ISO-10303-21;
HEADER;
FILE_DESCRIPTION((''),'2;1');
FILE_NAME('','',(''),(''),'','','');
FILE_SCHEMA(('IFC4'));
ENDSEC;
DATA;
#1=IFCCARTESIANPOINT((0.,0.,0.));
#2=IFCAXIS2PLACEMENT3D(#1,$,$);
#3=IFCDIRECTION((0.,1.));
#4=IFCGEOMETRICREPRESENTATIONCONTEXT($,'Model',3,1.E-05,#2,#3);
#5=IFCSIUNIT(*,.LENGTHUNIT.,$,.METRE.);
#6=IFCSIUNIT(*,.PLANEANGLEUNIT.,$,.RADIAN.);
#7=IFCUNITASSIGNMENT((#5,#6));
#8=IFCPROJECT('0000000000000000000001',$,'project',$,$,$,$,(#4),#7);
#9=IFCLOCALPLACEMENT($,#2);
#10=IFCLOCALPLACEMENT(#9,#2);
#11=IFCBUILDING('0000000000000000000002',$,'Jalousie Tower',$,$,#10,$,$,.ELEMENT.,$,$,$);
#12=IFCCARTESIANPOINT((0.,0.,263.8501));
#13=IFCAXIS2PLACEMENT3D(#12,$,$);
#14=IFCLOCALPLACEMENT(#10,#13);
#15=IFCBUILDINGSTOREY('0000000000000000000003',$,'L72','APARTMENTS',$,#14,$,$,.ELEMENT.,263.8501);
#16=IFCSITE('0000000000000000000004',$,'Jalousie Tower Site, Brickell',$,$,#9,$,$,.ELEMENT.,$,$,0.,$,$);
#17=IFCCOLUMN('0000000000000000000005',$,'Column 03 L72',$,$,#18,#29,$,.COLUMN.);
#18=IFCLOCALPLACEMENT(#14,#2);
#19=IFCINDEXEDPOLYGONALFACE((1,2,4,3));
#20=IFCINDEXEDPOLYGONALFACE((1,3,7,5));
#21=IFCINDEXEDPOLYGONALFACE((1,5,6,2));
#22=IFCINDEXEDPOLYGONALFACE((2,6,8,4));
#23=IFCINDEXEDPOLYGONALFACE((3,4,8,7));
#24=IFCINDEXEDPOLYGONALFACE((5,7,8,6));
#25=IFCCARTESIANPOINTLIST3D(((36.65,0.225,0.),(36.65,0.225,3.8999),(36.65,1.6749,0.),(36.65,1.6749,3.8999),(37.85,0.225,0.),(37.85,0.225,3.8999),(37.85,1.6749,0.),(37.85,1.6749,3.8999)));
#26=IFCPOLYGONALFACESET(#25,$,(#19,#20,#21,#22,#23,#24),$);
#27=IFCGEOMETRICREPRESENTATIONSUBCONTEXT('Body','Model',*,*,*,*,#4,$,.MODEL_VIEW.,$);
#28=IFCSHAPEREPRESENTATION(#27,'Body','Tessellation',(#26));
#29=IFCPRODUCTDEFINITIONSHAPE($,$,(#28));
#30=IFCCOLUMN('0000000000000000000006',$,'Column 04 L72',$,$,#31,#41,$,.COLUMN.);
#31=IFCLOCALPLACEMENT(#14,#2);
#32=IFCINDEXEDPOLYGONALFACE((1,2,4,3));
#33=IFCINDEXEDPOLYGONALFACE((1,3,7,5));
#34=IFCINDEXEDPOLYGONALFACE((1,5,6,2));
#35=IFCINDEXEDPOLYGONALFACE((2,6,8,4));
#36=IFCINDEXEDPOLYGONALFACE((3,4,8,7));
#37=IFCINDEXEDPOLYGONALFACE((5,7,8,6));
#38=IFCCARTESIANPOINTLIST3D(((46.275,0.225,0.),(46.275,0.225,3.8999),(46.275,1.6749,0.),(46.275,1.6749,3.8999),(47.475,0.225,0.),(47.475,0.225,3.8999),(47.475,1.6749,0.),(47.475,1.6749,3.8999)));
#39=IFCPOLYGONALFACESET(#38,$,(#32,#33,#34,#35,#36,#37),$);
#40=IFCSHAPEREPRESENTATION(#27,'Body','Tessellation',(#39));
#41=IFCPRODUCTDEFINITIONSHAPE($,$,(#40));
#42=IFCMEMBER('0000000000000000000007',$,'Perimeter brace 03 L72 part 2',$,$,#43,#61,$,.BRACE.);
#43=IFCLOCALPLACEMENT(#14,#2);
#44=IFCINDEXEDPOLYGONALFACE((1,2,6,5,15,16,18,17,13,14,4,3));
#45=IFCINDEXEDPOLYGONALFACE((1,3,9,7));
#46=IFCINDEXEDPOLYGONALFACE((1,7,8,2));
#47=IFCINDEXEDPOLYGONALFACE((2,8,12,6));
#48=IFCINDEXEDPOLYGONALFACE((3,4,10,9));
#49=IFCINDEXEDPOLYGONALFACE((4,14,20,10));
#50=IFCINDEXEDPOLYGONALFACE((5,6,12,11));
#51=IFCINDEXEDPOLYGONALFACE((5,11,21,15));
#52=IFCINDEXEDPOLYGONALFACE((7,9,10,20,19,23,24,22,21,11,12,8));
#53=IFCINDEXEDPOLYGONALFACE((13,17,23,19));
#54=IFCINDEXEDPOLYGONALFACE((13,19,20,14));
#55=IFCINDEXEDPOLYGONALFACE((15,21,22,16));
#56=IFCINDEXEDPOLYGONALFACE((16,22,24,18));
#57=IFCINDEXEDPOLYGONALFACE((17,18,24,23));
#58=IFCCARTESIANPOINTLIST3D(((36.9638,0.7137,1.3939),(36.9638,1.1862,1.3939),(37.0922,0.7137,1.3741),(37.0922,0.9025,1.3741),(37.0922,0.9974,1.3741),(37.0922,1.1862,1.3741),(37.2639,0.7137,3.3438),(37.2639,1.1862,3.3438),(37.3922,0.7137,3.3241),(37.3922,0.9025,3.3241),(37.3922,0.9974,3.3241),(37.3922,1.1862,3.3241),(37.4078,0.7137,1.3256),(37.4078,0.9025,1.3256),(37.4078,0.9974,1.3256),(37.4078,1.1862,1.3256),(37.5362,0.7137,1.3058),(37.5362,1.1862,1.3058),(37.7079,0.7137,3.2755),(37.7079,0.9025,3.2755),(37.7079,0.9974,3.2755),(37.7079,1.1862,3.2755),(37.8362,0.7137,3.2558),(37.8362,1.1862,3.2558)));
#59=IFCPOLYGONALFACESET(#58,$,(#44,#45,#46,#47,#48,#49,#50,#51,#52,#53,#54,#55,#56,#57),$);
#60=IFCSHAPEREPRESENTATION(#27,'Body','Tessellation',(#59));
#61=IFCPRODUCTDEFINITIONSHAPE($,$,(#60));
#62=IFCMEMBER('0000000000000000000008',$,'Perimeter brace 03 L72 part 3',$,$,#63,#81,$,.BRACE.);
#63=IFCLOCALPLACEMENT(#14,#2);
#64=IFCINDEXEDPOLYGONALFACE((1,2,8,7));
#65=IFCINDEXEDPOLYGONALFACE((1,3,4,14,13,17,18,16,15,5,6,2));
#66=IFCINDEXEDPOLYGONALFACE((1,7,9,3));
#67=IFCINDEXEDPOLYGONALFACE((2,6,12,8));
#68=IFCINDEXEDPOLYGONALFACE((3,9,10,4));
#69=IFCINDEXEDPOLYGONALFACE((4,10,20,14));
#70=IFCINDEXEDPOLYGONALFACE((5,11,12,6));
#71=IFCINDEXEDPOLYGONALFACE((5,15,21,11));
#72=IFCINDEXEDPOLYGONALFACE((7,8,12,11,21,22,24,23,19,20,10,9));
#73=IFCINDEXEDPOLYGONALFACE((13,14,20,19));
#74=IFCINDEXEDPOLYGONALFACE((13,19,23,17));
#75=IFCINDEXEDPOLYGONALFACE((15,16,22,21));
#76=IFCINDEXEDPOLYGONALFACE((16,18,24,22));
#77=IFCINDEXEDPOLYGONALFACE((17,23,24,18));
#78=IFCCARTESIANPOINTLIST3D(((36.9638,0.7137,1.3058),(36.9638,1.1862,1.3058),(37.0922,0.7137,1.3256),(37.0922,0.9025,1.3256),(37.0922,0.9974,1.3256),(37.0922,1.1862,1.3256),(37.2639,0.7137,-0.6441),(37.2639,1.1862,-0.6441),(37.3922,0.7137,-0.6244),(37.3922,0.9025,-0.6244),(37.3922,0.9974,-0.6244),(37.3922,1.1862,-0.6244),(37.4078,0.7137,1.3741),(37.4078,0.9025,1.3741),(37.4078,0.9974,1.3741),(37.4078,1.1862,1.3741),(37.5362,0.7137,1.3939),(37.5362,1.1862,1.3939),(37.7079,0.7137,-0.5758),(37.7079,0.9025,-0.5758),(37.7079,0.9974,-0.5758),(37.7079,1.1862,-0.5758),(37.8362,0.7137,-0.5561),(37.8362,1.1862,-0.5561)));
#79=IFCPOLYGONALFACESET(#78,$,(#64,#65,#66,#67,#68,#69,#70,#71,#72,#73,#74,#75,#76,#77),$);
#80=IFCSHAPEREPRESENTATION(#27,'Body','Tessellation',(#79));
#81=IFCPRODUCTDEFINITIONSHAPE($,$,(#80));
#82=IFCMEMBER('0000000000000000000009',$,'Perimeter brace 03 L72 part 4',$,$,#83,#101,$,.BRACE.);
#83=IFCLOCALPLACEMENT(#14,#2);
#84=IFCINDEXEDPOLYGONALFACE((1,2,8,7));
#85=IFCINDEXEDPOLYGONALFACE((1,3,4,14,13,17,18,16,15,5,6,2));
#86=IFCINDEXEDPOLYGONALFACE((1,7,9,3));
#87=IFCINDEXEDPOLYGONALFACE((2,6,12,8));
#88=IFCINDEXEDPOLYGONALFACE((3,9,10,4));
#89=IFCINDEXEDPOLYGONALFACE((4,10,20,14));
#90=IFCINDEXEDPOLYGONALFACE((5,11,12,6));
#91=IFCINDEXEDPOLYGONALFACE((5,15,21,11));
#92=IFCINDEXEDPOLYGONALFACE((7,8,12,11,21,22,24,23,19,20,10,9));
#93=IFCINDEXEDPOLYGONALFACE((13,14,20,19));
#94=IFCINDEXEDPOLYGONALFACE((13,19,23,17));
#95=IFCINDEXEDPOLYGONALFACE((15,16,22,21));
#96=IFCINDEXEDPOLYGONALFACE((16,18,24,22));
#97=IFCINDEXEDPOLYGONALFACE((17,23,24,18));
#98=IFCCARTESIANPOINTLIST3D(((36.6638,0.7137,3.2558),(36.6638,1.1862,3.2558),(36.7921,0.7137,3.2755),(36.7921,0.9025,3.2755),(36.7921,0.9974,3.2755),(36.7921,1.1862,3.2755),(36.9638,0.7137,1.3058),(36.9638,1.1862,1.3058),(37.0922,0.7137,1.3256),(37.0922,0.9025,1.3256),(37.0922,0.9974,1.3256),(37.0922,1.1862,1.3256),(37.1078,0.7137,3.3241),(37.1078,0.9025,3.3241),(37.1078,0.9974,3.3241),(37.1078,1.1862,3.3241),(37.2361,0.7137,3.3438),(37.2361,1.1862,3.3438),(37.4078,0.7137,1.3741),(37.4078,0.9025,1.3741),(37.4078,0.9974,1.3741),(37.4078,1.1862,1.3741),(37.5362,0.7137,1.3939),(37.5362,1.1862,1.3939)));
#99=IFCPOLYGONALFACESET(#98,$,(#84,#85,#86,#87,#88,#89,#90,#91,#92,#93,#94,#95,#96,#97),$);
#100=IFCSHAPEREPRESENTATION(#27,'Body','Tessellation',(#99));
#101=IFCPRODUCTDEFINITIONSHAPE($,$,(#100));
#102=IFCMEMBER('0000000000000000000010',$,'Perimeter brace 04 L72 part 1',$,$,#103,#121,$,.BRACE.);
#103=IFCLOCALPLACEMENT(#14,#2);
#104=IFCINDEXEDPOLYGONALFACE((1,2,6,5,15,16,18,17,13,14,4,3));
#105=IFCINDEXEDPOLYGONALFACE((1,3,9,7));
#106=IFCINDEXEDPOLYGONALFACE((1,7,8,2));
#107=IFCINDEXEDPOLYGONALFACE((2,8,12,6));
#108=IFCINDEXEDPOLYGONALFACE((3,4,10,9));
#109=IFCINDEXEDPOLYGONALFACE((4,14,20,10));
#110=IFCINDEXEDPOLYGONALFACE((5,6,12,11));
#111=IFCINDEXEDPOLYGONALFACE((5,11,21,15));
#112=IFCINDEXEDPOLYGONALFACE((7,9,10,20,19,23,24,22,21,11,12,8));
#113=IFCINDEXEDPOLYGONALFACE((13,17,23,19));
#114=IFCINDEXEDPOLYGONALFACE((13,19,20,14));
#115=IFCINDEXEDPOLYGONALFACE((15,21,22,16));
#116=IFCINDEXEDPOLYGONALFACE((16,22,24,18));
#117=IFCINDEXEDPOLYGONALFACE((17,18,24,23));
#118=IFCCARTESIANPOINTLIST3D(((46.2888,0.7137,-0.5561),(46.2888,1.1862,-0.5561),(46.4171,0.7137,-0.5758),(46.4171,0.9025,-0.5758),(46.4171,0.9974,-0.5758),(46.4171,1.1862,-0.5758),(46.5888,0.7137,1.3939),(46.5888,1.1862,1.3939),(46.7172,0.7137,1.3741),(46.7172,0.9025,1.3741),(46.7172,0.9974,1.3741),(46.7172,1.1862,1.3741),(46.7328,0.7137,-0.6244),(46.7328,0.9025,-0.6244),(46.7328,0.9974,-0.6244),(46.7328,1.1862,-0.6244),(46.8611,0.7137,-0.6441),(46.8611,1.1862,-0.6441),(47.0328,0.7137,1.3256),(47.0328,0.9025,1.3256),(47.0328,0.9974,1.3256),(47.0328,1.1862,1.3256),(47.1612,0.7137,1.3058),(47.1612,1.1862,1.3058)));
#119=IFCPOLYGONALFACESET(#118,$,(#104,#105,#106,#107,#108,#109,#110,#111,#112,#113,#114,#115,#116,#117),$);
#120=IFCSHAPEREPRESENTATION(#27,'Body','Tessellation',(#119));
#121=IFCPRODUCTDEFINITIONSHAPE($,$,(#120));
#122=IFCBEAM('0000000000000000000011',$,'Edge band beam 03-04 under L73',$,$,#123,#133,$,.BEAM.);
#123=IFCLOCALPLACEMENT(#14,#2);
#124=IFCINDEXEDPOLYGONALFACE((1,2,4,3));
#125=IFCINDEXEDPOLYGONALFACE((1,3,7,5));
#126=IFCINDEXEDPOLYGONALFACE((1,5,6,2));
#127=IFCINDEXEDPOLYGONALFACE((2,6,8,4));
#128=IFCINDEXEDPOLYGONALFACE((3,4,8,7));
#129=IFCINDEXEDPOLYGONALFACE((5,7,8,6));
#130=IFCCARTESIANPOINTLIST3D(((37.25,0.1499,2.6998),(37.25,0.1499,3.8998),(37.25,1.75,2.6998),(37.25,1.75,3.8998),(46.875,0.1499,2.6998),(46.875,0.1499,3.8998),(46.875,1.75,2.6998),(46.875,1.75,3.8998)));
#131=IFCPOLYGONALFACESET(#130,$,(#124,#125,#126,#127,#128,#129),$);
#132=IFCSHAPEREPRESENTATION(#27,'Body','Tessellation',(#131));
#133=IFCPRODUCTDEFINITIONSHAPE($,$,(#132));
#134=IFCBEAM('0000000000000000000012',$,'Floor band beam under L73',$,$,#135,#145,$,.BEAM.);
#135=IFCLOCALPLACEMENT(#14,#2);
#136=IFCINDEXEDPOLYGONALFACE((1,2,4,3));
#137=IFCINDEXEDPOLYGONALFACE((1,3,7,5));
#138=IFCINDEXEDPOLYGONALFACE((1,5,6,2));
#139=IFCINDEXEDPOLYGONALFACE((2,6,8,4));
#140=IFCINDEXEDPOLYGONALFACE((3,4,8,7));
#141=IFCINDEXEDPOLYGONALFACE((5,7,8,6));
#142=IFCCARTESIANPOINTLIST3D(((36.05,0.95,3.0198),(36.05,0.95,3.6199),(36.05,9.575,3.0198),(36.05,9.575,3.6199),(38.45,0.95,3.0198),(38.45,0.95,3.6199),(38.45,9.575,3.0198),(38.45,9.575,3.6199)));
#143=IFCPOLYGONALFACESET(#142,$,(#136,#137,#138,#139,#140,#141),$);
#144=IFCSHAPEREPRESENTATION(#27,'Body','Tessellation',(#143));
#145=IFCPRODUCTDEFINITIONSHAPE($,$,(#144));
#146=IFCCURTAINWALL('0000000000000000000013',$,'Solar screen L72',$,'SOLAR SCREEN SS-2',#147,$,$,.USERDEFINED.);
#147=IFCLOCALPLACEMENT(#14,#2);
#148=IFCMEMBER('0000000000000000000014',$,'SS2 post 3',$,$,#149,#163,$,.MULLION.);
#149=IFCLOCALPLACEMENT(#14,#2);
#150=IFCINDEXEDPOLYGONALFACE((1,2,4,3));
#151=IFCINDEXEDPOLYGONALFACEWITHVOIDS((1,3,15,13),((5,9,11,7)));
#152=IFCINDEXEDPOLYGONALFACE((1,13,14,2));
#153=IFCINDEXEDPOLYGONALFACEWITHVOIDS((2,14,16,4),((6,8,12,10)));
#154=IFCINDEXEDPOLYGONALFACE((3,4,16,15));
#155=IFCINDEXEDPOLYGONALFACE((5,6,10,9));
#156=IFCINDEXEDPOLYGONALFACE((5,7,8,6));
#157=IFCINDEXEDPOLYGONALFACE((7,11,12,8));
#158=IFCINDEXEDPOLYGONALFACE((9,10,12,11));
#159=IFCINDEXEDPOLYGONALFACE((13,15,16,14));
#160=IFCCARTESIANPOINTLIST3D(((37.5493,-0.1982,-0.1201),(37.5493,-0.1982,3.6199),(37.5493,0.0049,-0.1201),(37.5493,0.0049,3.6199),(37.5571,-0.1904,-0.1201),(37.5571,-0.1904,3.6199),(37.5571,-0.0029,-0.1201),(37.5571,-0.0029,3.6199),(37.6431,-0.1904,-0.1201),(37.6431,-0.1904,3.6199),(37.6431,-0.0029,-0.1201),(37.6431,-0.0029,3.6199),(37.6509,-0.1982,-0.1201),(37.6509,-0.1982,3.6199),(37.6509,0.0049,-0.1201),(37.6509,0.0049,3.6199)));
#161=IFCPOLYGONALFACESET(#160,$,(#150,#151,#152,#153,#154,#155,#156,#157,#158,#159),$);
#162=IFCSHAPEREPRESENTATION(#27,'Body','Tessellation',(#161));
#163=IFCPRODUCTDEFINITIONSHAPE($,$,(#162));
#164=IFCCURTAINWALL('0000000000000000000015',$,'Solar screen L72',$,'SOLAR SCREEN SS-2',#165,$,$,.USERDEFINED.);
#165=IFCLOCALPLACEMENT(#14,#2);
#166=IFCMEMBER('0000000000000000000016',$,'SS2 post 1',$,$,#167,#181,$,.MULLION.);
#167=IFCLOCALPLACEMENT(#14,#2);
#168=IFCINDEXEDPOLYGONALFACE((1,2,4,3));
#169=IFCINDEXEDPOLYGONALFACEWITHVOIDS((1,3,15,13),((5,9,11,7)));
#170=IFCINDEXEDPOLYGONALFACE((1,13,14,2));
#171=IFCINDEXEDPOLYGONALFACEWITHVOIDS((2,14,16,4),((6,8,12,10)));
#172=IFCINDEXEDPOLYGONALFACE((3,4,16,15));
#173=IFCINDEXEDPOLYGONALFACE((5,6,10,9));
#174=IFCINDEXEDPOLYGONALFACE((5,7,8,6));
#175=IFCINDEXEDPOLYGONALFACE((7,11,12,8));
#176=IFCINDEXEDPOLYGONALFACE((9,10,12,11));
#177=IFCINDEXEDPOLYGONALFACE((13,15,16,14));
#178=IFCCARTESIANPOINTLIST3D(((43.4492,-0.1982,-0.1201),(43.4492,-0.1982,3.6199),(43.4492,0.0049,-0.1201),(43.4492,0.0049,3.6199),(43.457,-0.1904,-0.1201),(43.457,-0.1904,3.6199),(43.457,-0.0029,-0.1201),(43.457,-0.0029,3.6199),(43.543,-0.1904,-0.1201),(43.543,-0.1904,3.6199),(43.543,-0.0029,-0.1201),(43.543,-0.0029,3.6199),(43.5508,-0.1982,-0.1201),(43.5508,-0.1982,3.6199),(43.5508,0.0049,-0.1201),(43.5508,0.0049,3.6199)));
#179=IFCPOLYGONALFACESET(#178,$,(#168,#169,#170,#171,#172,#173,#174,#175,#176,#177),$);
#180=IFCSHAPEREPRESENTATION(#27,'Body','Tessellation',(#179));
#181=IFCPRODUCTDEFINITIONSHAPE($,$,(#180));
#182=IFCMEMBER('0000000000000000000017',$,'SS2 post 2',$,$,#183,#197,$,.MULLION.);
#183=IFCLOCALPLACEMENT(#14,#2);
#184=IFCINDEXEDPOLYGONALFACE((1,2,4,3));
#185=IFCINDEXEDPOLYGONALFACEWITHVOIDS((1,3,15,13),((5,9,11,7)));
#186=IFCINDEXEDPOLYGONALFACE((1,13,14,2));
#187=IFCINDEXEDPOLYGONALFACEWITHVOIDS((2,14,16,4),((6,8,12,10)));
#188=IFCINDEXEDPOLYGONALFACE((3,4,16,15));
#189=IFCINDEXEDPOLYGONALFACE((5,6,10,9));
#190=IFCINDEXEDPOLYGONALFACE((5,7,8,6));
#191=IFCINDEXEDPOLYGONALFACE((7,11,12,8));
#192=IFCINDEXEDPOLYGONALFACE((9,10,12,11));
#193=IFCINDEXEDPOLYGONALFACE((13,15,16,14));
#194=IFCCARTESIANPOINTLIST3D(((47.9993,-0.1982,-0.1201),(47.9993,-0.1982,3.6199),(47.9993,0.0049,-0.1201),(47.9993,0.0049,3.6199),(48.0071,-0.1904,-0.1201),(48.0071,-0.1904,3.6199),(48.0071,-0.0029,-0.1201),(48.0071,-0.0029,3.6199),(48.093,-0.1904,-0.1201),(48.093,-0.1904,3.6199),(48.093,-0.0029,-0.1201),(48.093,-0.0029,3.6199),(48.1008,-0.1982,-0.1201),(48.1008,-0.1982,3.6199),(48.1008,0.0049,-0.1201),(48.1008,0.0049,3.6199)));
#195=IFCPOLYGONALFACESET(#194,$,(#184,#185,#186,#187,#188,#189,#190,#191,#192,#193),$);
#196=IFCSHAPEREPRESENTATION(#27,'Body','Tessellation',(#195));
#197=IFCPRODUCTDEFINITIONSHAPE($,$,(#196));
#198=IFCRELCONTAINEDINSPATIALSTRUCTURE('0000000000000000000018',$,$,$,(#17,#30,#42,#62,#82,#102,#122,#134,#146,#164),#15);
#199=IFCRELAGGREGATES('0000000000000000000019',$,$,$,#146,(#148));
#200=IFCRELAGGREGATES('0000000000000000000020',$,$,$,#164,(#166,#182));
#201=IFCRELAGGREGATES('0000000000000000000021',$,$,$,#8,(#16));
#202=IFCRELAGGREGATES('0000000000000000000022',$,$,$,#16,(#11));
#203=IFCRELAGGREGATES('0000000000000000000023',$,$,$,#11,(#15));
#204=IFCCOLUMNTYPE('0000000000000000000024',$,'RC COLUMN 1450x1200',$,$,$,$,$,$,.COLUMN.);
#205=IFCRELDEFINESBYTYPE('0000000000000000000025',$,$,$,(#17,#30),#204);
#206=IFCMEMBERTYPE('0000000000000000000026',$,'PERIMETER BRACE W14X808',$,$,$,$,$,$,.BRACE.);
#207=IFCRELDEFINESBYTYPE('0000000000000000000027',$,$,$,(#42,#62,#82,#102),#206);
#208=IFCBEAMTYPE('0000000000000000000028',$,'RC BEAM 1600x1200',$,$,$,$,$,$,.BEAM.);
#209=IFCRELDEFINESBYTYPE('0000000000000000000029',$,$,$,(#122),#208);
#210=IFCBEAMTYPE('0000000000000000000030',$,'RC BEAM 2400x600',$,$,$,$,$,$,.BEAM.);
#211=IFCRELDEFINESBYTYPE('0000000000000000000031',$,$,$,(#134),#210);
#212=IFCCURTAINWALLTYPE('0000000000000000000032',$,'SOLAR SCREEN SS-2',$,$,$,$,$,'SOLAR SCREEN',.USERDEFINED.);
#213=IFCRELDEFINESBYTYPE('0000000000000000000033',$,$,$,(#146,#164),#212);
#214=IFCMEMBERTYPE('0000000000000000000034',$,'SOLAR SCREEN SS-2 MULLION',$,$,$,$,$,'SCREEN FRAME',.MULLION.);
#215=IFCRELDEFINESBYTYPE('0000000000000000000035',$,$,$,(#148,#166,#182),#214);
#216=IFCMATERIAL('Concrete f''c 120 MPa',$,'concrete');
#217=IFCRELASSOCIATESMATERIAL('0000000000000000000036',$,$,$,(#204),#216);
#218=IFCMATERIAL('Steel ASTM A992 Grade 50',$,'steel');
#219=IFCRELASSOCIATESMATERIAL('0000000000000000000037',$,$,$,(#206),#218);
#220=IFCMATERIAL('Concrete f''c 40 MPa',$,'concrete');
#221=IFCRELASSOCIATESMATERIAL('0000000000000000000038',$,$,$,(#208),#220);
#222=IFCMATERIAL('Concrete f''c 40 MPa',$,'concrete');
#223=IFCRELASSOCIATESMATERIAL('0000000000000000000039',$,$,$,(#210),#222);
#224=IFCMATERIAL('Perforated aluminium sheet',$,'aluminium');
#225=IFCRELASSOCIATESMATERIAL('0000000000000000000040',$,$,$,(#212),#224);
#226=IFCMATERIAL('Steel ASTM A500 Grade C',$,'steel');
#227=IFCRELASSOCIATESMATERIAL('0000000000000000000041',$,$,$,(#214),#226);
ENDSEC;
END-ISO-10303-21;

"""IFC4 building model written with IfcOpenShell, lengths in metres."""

from ifc_helpers import new_model, si_unit, direction, frame, origin, origin_2d, place, context, subcontext, project, spatial, rectangle, hollow_rectangle, i_section, extrude, material, material_profile, profile_set, type_object, element, aggregate, save


model = new_model("IFC4")

# Units and contexts
model_context = context("Model", 3, precision=1e-05, world=origin(), true_north=direction((0.0, 1.0)))
body_context = subcontext(model_context, "Body", "Model", "MODEL_VIEW")
ifc_project = project(units=[si_unit("LENGTHUNIT", "METRE"), si_unit("PLANEANGLEUNIT", "RADIAN")], contexts=[model_context])

# Site, building, storey
site_placement = place(None, origin())
site = spatial("IfcSite", under=ifc_project, at=site_placement, Name="Jalousie Tower Site, Brickell", CompositionType="ELEMENT", RefElevation=0.0)
building_placement = place(site_placement, origin())
building = spatial("IfcBuilding", under=site, at=building_placement, Name="Jalousie Tower", CompositionType="ELEMENT")
storey_placement = place(building_placement, frame((0.0, 0.0, 263.8501)))
storey = spatial("IfcBuildingStorey", under=building, at=storey_placement, Name="L72", Description="APARTMENTS", CompositionType="ELEMENT", Elevation=263.8501)

# Columns
ifc_material_1 = material(Name="Concrete f'c 120 MPa", Category="concrete")
ifc_material_profile_1 = material_profile(ifc_material_1, rectangle(XDim=1.45, YDim=1.2, at=origin_2d()), Name="RC 1450x1200")
ifc_profile_set_1 = profile_set([ifc_material_profile_1], Name="Concrete f'c 120 MPa")
column_type = type_object("IfcColumnType", Name="RC COLUMN 1450x1200", PredefinedType="COLUMN", material=ifc_profile_set_1)
for number, where, z_axis, x_axis, name in (
    (1, (37.25, 0.95, 0.0), (0.0, 0.0, 1.0), (0.0, 1.0, 0.0), "Column 03 L72"),
    (2, (46.875, 0.95, 0.0), (0.0, 0.0, 1.0), (0.0, 1.0, 0.0), "Column 04 L72"),
):
    element("IfcColumn", number, at=place(storey_placement, frame(where, z_axis=z_axis, x_axis=x_axis)), inside=storey, type_object=column_type, Name=name, PredefinedType="COLUMN", context=body_context, shape_type="SweptSolid", body=[
        extrude(rectangle(XDim=1.45, YDim=1.2, at=origin_2d()), origin(), (0.0, 0.0, 1.0), 3.8999),
    ])

# Members
ifc_material_2 = material(Name="Steel ASTM A992 Grade 50", Category="steel")
ifc_material_profile_2 = material_profile(ifc_material_2, i_section(OverallWidth=0.4724, OverallDepth=0.5791, WebThickness=0.095, FlangeThickness=0.1299, at=origin_2d()), Name="W14X808")
ifc_profile_set_2 = profile_set([ifc_material_profile_2], Name="Steel ASTM A992 Grade 50")
member_type_1 = type_object("IfcMemberType", Name="PERIMETER BRACE W14X808", PredefinedType="BRACE", material=ifc_profile_set_2)
for number, where, z_axis, x_axis, name in (
    (3, (37.25, 0.95, 1.3499), (0.152085, 0.0, 0.988367), (0.0, 1.0, 0.0), "Perimeter brace 03 L72 part 2"),
    (4, (37.55, 0.95, -0.6001), (-0.152085, 0.0, 0.988367), (0.0, -1.0, 0.0), "Perimeter brace 03 L72 part 3"),
    (5, (37.25, 0.95, 1.3499), (-0.152085, 0.0, 0.988367), (0.0, -1.0, 0.0), "Perimeter brace 03 L72 part 4"),
    (6, (46.575, 0.95, -0.6001), (0.152085, 0.0, 0.988367), (0.0, 1.0, 0.0), "Perimeter brace 04 L72 part 1"),
):
    element("IfcMember", number, at=place(storey_placement, frame(where, z_axis=z_axis, x_axis=x_axis)), inside=storey, type_object=member_type_1, Name=name, PredefinedType="BRACE", context=body_context, shape_type="SweptSolid", body=[
        extrude(i_section(OverallWidth=0.4724, OverallDepth=0.5791, WebThickness=0.095, FlangeThickness=0.1299, at=origin_2d()), origin(), (0.0, 0.0, 1.0), 1.9729),
    ])

# Beams
ifc_material_3 = material(Name="Concrete f'c 40 MPa", Category="concrete")
ifc_material_profile_3 = material_profile(ifc_material_3, rectangle(XDim=1.6001, YDim=1.2, at=origin_2d()), Name="RC 1600x1200")
ifc_profile_set_3 = profile_set([ifc_material_profile_3], Name="Concrete f'c 40 MPa")
beam_type_1 = type_object("IfcBeamType", Name="RC BEAM 1600x1200", PredefinedType="BEAM", material=ifc_profile_set_3)
beam_1_placement = place(storey_placement, frame((37.25, 0.95, 3.2998), z_axis=(1.0, 0.0, 0.0), x_axis=(0.0, 1.0, 0.0)))
element("IfcBeam", 7, at=beam_1_placement, inside=storey, type_object=beam_type_1, Name="Edge band beam 03-04 under L73", PredefinedType="BEAM", context=body_context, shape_type="SweptSolid", body=[
    extrude(rectangle(XDim=1.6001, YDim=1.2, at=origin_2d()), origin(), (0.0, 0.0, 1.0), 9.625),
])
ifc_material_4 = material(Name="Concrete f'c 40 MPa", Category="concrete")
ifc_material_profile_4 = material_profile(ifc_material_4, rectangle(XDim=2.3999, YDim=0.6001, at=origin_2d()), Name="RC 2400x600")
ifc_profile_set_4 = profile_set([ifc_material_profile_4], Name="Concrete f'c 40 MPa")
beam_type_2 = type_object("IfcBeamType", Name="RC BEAM 2400x600", PredefinedType="BEAM", material=ifc_profile_set_4)
beam_2_placement = place(storey_placement, frame((37.25, 0.95, 3.3198), z_axis=(0.0, 1.0, 0.0), x_axis=(-1.0, 0.0, 0.0)))
element("IfcBeam", 8, at=beam_2_placement, inside=storey, type_object=beam_type_2, Name="Floor band beam under L73", PredefinedType="BEAM", context=body_context, shape_type="SweptSolid", body=[
    extrude(rectangle(XDim=2.3999, YDim=0.6001, at=origin_2d()), origin(), (0.0, 0.0, 1.0), 8.625),
])

# Curtain wall, member
ifc_material_5 = material(Name="Perforated aluminium sheet", Category="aluminium")
curtain_wall_type = type_object("IfcCurtainWallType", Name="SOLAR SCREEN SS-2", ElementType="SOLAR SCREEN", PredefinedType="USERDEFINED", material=ifc_material_5)
curtain_wall_1_placement = place(storey_placement, origin())
curtain_wall_1 = element("IfcCurtainWall", 9, at=curtain_wall_1_placement, inside=storey, type_object=curtain_wall_type, Name="Solar screen L72", ObjectType="SOLAR SCREEN SS-2", PredefinedType="USERDEFINED")
ifc_material_6 = material(Name="Steel ASTM A500 Grade C", Category="steel")
ifc_material_profile_5 = material_profile(ifc_material_6, hollow_rectangle(XDim=0.1016, YDim=0.2031, WallThickness=0.0078, at=origin_2d()), Name="HSS8X4X5/16")
ifc_profile_set_5 = profile_set([ifc_material_profile_5], Name="Steel ASTM A500 Grade C")
member_type_2 = type_object("IfcMemberType", Name="SOLAR SCREEN SS-2 MULLION", ElementType="SCREEN FRAME", PredefinedType="MULLION", material=ifc_profile_set_5)
member_1_placement = place(storey_placement, frame((37.6001, -0.0967, -0.1201), z_axis=(0.0, 0.0, 1.0), x_axis=(1.0, 0.0, 0.0)))
member_1 = element("IfcMember", 10, at=member_1_placement, type_object=member_type_2, Name="SS2 post 3", PredefinedType="MULLION", context=body_context, shape_type="SweptSolid", body=[
    extrude(hollow_rectangle(XDim=0.1016, YDim=0.2031, WallThickness=0.0078, at=origin_2d()), origin(), (0.0, 0.0, 1.0), 3.74),
])
aggregate(curtain_wall_1, [member_1])

# Curtain wall, members
curtain_wall_2_placement = place(storey_placement, origin())
curtain_wall_2 = element("IfcCurtainWall", 11, at=curtain_wall_2_placement, inside=storey, type_object=curtain_wall_type, Name="Solar screen L72", ObjectType="SOLAR SCREEN SS-2", PredefinedType="USERDEFINED")
member_2_placement = place(storey_placement, frame((43.5, -0.0967, -0.1201), z_axis=(0.0, 0.0, 1.0), x_axis=(1.0, 0.0, 0.0)))
member_2 = element("IfcMember", 12, at=member_2_placement, type_object=member_type_2, Name="SS2 post 1", PredefinedType="MULLION", context=body_context, shape_type="SweptSolid", body=[
    extrude(hollow_rectangle(XDim=0.1016, YDim=0.2031, WallThickness=0.0078, at=origin_2d()), origin(), (0.0, 0.0, 1.0), 3.74),
])
member_3_placement = place(storey_placement, frame((48.05, -0.0967, -0.1201), z_axis=(0.0, 0.0, 1.0), x_axis=(1.0, 0.0, 0.0)))
member_3 = element("IfcMember", 13, at=member_3_placement, type_object=member_type_2, Name="SS2 post 2", PredefinedType="MULLION", context=body_context, shape_type="SweptSolid", body=[
    extrude(hollow_rectangle(XDim=0.1016, YDim=0.2031, WallThickness=0.0078, at=origin_2d()), origin(), (0.0, 0.0, 1.0), 3.74),
])

aggregate(curtain_wall_2, [member_2, member_3])

save(model, "model.ifc")
